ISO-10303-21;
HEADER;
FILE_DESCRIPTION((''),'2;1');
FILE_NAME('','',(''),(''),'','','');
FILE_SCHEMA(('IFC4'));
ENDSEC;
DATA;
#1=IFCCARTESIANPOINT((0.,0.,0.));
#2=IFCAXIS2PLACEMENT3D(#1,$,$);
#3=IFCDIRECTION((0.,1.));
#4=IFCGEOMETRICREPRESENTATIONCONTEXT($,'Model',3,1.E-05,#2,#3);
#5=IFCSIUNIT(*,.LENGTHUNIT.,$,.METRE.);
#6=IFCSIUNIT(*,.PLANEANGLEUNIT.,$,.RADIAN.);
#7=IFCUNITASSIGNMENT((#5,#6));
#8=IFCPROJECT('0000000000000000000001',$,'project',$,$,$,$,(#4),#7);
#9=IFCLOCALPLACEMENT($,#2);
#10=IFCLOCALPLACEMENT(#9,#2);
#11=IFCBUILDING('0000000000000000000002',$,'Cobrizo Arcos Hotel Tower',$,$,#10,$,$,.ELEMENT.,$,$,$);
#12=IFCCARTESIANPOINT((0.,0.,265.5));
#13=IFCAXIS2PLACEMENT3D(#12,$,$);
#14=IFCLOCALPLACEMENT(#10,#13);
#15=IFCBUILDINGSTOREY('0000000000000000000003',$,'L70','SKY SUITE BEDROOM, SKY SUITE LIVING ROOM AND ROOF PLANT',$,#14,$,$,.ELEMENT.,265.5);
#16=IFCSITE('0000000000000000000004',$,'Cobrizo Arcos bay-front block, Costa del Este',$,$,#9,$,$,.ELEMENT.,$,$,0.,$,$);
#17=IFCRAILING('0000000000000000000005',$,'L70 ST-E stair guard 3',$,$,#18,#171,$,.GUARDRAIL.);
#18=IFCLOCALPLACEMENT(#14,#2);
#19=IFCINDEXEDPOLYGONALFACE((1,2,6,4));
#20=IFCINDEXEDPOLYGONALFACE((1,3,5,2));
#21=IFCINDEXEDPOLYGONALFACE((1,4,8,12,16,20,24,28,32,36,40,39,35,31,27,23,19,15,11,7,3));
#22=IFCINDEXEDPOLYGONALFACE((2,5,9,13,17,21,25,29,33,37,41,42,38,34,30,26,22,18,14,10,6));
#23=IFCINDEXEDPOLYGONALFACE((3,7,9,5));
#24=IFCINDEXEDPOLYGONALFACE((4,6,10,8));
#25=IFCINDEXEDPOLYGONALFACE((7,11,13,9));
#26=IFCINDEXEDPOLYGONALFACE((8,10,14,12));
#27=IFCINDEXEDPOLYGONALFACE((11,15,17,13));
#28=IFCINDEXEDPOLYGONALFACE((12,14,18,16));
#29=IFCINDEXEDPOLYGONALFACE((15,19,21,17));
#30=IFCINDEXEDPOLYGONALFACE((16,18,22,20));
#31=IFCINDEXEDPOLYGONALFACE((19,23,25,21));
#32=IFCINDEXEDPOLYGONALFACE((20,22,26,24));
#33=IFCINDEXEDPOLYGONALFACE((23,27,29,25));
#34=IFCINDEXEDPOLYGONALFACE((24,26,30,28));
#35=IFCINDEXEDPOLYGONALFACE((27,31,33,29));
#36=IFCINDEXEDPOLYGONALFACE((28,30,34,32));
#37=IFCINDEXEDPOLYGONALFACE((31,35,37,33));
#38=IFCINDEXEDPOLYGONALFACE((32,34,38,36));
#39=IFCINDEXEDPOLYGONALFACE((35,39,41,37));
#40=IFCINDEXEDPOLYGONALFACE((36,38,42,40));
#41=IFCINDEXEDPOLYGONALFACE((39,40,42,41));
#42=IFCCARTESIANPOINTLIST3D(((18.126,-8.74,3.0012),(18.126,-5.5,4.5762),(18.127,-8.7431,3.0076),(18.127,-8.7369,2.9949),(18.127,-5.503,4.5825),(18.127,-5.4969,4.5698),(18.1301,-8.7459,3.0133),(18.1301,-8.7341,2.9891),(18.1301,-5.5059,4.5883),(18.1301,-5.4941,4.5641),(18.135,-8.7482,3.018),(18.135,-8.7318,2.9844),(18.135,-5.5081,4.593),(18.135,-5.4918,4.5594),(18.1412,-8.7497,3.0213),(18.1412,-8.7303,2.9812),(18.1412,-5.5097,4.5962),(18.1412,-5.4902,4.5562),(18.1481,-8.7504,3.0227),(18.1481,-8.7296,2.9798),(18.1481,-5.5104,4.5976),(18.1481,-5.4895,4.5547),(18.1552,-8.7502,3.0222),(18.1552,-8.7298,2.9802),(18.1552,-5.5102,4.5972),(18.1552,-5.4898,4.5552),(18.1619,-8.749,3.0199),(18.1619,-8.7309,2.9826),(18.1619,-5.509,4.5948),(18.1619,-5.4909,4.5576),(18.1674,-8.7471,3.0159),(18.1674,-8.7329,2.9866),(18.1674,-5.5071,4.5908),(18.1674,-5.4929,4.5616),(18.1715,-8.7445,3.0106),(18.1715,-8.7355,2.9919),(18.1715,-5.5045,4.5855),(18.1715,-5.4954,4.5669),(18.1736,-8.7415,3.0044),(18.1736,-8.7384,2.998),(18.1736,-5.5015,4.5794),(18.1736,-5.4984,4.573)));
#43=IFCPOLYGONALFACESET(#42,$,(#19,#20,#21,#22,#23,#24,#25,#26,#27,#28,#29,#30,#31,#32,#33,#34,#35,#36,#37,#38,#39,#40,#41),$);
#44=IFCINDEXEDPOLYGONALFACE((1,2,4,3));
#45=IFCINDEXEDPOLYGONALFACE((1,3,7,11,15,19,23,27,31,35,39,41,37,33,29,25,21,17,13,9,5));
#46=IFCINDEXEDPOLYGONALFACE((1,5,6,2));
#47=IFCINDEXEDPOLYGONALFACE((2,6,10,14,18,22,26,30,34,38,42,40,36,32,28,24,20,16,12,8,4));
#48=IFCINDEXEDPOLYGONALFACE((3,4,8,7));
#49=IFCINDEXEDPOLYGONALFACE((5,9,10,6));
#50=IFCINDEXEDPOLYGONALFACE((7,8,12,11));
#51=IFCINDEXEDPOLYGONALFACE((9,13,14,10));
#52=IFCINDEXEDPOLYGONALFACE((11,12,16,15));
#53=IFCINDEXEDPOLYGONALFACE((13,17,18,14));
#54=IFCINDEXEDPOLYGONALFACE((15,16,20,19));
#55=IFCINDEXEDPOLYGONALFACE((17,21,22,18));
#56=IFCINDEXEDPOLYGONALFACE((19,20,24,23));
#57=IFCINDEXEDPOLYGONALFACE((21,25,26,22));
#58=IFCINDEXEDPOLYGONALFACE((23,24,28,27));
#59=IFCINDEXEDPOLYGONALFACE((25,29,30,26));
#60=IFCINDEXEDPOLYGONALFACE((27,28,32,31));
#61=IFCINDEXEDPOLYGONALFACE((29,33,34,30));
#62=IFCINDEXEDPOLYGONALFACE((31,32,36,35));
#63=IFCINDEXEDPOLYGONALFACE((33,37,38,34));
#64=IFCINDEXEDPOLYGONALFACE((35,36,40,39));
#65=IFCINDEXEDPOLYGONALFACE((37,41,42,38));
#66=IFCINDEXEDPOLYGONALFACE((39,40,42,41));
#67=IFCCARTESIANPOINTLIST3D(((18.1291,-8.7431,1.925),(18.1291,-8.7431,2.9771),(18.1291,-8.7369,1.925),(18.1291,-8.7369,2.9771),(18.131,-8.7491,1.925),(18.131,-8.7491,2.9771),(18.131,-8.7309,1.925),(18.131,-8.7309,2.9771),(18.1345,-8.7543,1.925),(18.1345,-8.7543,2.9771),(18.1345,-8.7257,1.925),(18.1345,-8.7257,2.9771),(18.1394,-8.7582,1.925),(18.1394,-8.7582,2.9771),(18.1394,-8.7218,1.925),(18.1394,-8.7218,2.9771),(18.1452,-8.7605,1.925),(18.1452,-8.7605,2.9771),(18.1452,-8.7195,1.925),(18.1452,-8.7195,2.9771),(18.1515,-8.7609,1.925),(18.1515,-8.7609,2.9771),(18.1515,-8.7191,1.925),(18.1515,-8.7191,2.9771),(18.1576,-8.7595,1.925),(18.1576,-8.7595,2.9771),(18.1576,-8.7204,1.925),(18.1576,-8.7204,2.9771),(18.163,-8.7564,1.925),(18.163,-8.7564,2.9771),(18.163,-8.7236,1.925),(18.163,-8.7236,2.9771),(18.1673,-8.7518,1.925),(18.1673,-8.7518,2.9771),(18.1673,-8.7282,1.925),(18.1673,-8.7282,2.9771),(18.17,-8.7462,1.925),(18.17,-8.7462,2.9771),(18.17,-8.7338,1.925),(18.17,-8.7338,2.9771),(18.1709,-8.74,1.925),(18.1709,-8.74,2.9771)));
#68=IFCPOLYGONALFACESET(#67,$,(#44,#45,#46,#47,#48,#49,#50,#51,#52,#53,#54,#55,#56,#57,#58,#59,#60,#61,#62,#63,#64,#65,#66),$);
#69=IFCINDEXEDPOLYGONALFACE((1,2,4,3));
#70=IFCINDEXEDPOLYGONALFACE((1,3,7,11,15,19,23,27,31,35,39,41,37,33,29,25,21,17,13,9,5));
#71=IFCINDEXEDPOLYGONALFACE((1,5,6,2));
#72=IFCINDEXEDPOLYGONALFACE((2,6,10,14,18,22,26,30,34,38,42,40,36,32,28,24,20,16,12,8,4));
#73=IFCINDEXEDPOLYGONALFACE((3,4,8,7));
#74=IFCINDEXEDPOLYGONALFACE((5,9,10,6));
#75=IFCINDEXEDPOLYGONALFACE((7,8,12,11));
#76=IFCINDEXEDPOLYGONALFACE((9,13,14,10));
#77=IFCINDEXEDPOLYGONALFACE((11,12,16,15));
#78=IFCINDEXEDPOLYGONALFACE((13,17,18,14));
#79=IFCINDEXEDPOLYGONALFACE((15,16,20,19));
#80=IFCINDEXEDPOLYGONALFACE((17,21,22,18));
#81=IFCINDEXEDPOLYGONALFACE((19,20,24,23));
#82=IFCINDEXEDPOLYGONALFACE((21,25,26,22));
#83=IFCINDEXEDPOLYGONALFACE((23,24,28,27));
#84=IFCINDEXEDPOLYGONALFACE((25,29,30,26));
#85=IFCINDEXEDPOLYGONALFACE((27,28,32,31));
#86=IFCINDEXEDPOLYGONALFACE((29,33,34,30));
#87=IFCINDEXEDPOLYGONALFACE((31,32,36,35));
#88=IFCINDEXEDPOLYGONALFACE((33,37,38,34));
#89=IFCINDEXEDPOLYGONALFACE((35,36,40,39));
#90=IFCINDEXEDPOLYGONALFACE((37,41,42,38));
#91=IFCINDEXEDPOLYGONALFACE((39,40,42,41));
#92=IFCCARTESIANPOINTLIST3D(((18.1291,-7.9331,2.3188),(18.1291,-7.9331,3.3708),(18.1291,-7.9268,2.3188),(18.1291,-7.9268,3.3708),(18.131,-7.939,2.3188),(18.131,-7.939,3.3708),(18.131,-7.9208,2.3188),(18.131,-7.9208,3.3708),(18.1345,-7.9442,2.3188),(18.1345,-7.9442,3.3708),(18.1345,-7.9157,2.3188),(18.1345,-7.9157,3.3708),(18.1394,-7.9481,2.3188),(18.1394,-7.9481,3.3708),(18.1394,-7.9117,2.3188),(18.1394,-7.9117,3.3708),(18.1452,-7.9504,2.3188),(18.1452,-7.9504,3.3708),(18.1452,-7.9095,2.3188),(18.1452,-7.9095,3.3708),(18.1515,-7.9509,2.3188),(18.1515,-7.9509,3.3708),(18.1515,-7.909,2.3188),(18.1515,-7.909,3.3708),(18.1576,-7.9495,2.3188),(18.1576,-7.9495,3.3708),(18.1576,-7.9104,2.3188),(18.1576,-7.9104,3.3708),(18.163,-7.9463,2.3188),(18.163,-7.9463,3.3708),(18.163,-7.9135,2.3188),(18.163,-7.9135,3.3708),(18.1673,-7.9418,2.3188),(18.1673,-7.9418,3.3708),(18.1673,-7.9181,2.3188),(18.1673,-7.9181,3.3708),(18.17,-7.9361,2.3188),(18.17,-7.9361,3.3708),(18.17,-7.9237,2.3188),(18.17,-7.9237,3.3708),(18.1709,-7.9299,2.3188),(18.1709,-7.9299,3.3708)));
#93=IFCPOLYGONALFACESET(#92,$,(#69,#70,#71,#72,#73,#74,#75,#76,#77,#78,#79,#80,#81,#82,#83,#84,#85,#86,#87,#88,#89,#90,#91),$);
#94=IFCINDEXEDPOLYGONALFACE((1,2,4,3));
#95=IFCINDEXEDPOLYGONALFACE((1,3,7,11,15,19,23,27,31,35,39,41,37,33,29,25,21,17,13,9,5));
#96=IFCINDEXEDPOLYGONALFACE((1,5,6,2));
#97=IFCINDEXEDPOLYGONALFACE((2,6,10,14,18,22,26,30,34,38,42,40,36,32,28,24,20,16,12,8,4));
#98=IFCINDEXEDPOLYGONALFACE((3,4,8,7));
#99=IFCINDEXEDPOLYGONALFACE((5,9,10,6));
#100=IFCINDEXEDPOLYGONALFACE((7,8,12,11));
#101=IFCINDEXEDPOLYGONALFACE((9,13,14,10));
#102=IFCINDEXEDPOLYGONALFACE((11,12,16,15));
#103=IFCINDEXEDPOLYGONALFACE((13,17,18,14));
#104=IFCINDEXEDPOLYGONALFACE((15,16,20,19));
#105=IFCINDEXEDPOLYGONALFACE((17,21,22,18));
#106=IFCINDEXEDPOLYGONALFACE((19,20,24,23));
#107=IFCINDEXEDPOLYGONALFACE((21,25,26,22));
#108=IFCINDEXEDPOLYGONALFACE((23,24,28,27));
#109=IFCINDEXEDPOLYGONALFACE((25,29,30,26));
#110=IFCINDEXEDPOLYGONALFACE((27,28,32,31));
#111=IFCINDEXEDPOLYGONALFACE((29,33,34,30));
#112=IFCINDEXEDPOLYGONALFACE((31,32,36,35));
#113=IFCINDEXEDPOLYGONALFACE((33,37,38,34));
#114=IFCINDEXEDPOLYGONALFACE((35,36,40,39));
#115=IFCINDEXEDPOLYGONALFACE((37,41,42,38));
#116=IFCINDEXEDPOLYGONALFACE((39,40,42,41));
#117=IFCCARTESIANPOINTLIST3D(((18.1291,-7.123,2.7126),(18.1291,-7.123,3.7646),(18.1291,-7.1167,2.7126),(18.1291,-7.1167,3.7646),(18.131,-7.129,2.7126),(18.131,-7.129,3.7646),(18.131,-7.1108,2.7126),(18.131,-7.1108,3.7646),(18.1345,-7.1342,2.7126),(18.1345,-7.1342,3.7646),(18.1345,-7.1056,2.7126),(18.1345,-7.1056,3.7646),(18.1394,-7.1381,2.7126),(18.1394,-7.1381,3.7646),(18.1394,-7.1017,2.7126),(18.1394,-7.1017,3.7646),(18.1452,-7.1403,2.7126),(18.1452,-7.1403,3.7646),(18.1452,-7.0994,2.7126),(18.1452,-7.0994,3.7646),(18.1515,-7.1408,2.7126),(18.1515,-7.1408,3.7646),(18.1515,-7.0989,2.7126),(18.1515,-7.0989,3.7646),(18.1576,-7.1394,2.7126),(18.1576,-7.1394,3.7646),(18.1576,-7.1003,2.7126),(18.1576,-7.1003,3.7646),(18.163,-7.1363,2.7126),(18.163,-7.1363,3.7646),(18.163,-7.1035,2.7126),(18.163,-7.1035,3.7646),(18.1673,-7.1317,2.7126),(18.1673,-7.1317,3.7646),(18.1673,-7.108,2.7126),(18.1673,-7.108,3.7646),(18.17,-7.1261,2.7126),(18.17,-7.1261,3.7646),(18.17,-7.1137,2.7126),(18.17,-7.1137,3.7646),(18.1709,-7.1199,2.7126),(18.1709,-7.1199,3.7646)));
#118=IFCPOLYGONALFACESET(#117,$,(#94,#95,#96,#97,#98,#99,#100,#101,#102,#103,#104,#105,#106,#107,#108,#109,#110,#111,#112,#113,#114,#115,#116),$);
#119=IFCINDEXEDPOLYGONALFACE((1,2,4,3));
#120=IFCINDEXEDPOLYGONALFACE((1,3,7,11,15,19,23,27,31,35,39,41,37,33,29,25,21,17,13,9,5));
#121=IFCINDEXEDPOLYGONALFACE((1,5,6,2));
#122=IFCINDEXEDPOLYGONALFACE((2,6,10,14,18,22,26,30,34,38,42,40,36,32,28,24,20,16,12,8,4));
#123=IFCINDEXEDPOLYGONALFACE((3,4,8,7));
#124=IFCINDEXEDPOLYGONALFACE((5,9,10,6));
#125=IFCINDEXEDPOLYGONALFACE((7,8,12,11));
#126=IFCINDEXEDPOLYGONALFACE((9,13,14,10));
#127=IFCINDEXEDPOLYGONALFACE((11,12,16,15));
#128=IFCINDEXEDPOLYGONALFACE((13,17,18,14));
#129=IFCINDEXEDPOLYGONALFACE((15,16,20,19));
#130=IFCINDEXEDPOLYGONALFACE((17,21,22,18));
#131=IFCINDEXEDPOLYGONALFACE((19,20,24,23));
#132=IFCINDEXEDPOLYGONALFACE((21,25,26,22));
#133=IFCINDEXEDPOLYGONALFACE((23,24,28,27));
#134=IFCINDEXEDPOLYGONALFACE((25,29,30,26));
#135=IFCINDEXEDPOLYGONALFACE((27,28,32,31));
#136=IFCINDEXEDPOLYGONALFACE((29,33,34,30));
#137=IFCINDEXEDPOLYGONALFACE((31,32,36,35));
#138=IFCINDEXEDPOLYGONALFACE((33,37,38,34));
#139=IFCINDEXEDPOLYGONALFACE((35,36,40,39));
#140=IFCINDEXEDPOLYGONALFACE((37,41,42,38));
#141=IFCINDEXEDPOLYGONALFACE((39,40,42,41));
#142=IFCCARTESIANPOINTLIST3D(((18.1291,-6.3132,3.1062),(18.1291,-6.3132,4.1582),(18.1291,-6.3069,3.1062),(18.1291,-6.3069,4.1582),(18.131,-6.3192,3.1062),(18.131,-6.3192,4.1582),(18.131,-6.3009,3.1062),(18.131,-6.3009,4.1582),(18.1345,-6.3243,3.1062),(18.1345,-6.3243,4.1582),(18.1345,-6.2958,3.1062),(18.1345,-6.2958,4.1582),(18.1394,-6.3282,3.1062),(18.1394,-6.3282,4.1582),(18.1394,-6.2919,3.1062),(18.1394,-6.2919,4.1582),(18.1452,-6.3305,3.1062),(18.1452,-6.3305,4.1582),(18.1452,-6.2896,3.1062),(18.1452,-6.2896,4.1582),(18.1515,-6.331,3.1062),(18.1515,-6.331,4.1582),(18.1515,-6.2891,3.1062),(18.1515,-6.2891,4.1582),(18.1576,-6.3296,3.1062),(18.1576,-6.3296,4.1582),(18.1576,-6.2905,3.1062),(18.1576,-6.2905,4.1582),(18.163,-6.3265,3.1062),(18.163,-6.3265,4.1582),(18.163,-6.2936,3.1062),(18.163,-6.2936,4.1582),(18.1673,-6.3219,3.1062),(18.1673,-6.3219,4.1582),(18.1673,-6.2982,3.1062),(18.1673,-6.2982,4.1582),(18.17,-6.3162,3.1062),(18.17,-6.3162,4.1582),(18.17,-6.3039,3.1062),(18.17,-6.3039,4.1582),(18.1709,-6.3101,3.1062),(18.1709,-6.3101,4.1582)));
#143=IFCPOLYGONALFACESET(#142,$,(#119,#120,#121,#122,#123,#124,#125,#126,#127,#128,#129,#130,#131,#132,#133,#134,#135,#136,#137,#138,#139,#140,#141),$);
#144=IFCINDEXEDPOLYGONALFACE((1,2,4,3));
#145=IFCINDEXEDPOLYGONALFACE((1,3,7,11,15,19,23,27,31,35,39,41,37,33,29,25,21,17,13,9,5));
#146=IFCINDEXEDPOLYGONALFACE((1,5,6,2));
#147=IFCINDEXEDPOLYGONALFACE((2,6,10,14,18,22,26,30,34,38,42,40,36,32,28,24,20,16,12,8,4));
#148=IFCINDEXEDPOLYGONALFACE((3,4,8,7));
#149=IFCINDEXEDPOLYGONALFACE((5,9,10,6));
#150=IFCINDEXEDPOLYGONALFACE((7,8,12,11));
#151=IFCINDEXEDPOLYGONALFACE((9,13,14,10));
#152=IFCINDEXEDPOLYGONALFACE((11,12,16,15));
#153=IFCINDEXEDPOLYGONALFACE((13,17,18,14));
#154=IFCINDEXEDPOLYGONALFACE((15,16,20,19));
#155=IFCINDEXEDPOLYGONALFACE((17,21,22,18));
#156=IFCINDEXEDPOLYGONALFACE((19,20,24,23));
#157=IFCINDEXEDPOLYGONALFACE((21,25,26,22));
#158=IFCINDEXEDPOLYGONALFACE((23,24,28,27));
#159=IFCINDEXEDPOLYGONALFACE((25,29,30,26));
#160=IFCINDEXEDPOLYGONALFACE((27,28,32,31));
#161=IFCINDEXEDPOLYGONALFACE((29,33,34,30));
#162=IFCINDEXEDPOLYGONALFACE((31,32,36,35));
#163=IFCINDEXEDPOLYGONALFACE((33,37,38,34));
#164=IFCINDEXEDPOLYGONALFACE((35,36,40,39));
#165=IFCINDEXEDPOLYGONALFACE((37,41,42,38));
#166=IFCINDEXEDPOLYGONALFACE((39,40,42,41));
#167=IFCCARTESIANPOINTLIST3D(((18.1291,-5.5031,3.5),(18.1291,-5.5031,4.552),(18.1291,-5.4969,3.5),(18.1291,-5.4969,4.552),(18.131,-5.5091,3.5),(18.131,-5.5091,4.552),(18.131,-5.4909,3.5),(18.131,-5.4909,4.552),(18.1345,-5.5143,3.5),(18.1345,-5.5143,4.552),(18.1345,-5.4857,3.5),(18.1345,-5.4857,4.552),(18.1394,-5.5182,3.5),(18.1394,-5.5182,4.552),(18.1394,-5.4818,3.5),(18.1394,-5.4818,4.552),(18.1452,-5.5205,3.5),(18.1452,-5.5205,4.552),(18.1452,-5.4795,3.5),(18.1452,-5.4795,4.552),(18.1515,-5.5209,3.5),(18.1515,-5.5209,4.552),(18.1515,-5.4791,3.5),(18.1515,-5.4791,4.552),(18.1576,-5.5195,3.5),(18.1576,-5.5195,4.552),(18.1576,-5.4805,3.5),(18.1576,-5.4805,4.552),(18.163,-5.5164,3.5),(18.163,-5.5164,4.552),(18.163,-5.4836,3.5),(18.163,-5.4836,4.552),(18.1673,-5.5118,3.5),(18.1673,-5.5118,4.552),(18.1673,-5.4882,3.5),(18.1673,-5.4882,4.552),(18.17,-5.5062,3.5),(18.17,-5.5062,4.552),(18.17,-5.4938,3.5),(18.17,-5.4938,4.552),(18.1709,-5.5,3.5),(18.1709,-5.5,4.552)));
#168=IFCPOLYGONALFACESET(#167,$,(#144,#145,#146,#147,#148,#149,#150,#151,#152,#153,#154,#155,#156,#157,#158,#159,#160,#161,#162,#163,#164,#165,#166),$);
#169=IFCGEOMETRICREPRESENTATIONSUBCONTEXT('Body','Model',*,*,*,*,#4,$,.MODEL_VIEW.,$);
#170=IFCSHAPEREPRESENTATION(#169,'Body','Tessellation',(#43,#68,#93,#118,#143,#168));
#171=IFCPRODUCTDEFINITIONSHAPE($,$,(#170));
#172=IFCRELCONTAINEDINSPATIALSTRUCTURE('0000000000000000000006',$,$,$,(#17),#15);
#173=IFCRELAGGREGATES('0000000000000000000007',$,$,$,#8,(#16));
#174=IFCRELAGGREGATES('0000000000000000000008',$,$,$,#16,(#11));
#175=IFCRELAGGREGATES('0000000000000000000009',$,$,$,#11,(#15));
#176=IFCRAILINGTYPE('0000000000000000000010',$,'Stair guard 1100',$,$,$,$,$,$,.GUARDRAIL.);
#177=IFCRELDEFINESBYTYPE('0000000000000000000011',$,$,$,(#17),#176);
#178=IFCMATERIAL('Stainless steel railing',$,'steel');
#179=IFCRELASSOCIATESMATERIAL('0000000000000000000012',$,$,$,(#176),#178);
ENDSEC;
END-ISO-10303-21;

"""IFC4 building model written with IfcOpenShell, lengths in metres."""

from ifc_helpers import new_model, si_unit, direction, frame, origin, origin_2d, place, context, subcontext, project, spatial, circle, extrude, material, type_object, element, save


model = new_model("IFC4")

# Units and contexts
model_context = context("Model", 3, precision=1e-05, world=origin(), true_north=direction((0.0, 1.0)))
body_context = subcontext(model_context, "Body", "Model", "MODEL_VIEW")
ifc_project = project(units=[si_unit("LENGTHUNIT", "METRE"), si_unit("PLANEANGLEUNIT", "RADIAN")], contexts=[model_context])

# Site, building, storey
site_placement = place(None, origin())
site = spatial("IfcSite", under=ifc_project, at=site_placement, Name="Cobrizo Arcos bay-front block, Costa del Este", CompositionType="ELEMENT", RefElevation=0.0)
building_placement = place(site_placement, origin())
building = spatial("IfcBuilding", under=site, at=building_placement, Name="Cobrizo Arcos Hotel Tower", CompositionType="ELEMENT")
storey_placement = place(building_placement, frame((0.0, 0.0, 265.5)))
storey = spatial("IfcBuildingStorey", under=building, at=storey_placement, Name="L70", Description="SKY SUITE BEDROOM, SKY SUITE LIVING ROOM AND ROOF PLANT", CompositionType="ELEMENT", Elevation=265.5)

# Railing
ifc_material_1 = material(Name="Stainless steel railing", Category="steel")
railing_type_1 = type_object("IfcRailingType", Name="Stair guard 1100", PredefinedType="GUARDRAIL", material=ifc_material_1)
railing_1_placement = place(storey_placement, frame((18.1499, -8.74, 1.925)))
element("IfcRailing", 1, at=railing_1_placement, inside=storey, type_object=railing_type_1, Name="L70 ST-E stair guard 3", PredefinedType="GUARDRAIL", context=body_context, shape_type="SweptSolid", body=[
    extrude(circle(Radius=0.0239, at=origin_2d()), frame((0.0, 0.0, 1.0762), z_axis=(0.0, 0.899373, 0.437183), x_axis=(-1.0, 0.0, 0.0)), (0.0, 0.0, 1.0), 3.6025),
    extrude(circle(Radius=0.021, at=origin_2d()), origin(), (0.0, 0.0, 1.0), 1.052),
    extrude(circle(Radius=0.021, at=origin_2d()), frame((0.0, 0.8101, 0.3938)), (0.0, 0.0, 1.0), 1.052),
    extrude(circle(Radius=0.021, at=origin_2d()), frame((0.0, 1.6201, 0.7876)), (0.0, 0.0, 1.0), 1.052),
    extrude(circle(Radius=0.021, at=origin_2d()), frame((0.0, 2.4299, 1.1812)), (0.0, 0.0, 1.0), 1.052),
    extrude(circle(Radius=0.021, at=origin_2d()), frame((0.0, 3.24, 1.575)), (0.0, 0.0, 1.0), 1.052),
])

save(model, "model.ifc")
